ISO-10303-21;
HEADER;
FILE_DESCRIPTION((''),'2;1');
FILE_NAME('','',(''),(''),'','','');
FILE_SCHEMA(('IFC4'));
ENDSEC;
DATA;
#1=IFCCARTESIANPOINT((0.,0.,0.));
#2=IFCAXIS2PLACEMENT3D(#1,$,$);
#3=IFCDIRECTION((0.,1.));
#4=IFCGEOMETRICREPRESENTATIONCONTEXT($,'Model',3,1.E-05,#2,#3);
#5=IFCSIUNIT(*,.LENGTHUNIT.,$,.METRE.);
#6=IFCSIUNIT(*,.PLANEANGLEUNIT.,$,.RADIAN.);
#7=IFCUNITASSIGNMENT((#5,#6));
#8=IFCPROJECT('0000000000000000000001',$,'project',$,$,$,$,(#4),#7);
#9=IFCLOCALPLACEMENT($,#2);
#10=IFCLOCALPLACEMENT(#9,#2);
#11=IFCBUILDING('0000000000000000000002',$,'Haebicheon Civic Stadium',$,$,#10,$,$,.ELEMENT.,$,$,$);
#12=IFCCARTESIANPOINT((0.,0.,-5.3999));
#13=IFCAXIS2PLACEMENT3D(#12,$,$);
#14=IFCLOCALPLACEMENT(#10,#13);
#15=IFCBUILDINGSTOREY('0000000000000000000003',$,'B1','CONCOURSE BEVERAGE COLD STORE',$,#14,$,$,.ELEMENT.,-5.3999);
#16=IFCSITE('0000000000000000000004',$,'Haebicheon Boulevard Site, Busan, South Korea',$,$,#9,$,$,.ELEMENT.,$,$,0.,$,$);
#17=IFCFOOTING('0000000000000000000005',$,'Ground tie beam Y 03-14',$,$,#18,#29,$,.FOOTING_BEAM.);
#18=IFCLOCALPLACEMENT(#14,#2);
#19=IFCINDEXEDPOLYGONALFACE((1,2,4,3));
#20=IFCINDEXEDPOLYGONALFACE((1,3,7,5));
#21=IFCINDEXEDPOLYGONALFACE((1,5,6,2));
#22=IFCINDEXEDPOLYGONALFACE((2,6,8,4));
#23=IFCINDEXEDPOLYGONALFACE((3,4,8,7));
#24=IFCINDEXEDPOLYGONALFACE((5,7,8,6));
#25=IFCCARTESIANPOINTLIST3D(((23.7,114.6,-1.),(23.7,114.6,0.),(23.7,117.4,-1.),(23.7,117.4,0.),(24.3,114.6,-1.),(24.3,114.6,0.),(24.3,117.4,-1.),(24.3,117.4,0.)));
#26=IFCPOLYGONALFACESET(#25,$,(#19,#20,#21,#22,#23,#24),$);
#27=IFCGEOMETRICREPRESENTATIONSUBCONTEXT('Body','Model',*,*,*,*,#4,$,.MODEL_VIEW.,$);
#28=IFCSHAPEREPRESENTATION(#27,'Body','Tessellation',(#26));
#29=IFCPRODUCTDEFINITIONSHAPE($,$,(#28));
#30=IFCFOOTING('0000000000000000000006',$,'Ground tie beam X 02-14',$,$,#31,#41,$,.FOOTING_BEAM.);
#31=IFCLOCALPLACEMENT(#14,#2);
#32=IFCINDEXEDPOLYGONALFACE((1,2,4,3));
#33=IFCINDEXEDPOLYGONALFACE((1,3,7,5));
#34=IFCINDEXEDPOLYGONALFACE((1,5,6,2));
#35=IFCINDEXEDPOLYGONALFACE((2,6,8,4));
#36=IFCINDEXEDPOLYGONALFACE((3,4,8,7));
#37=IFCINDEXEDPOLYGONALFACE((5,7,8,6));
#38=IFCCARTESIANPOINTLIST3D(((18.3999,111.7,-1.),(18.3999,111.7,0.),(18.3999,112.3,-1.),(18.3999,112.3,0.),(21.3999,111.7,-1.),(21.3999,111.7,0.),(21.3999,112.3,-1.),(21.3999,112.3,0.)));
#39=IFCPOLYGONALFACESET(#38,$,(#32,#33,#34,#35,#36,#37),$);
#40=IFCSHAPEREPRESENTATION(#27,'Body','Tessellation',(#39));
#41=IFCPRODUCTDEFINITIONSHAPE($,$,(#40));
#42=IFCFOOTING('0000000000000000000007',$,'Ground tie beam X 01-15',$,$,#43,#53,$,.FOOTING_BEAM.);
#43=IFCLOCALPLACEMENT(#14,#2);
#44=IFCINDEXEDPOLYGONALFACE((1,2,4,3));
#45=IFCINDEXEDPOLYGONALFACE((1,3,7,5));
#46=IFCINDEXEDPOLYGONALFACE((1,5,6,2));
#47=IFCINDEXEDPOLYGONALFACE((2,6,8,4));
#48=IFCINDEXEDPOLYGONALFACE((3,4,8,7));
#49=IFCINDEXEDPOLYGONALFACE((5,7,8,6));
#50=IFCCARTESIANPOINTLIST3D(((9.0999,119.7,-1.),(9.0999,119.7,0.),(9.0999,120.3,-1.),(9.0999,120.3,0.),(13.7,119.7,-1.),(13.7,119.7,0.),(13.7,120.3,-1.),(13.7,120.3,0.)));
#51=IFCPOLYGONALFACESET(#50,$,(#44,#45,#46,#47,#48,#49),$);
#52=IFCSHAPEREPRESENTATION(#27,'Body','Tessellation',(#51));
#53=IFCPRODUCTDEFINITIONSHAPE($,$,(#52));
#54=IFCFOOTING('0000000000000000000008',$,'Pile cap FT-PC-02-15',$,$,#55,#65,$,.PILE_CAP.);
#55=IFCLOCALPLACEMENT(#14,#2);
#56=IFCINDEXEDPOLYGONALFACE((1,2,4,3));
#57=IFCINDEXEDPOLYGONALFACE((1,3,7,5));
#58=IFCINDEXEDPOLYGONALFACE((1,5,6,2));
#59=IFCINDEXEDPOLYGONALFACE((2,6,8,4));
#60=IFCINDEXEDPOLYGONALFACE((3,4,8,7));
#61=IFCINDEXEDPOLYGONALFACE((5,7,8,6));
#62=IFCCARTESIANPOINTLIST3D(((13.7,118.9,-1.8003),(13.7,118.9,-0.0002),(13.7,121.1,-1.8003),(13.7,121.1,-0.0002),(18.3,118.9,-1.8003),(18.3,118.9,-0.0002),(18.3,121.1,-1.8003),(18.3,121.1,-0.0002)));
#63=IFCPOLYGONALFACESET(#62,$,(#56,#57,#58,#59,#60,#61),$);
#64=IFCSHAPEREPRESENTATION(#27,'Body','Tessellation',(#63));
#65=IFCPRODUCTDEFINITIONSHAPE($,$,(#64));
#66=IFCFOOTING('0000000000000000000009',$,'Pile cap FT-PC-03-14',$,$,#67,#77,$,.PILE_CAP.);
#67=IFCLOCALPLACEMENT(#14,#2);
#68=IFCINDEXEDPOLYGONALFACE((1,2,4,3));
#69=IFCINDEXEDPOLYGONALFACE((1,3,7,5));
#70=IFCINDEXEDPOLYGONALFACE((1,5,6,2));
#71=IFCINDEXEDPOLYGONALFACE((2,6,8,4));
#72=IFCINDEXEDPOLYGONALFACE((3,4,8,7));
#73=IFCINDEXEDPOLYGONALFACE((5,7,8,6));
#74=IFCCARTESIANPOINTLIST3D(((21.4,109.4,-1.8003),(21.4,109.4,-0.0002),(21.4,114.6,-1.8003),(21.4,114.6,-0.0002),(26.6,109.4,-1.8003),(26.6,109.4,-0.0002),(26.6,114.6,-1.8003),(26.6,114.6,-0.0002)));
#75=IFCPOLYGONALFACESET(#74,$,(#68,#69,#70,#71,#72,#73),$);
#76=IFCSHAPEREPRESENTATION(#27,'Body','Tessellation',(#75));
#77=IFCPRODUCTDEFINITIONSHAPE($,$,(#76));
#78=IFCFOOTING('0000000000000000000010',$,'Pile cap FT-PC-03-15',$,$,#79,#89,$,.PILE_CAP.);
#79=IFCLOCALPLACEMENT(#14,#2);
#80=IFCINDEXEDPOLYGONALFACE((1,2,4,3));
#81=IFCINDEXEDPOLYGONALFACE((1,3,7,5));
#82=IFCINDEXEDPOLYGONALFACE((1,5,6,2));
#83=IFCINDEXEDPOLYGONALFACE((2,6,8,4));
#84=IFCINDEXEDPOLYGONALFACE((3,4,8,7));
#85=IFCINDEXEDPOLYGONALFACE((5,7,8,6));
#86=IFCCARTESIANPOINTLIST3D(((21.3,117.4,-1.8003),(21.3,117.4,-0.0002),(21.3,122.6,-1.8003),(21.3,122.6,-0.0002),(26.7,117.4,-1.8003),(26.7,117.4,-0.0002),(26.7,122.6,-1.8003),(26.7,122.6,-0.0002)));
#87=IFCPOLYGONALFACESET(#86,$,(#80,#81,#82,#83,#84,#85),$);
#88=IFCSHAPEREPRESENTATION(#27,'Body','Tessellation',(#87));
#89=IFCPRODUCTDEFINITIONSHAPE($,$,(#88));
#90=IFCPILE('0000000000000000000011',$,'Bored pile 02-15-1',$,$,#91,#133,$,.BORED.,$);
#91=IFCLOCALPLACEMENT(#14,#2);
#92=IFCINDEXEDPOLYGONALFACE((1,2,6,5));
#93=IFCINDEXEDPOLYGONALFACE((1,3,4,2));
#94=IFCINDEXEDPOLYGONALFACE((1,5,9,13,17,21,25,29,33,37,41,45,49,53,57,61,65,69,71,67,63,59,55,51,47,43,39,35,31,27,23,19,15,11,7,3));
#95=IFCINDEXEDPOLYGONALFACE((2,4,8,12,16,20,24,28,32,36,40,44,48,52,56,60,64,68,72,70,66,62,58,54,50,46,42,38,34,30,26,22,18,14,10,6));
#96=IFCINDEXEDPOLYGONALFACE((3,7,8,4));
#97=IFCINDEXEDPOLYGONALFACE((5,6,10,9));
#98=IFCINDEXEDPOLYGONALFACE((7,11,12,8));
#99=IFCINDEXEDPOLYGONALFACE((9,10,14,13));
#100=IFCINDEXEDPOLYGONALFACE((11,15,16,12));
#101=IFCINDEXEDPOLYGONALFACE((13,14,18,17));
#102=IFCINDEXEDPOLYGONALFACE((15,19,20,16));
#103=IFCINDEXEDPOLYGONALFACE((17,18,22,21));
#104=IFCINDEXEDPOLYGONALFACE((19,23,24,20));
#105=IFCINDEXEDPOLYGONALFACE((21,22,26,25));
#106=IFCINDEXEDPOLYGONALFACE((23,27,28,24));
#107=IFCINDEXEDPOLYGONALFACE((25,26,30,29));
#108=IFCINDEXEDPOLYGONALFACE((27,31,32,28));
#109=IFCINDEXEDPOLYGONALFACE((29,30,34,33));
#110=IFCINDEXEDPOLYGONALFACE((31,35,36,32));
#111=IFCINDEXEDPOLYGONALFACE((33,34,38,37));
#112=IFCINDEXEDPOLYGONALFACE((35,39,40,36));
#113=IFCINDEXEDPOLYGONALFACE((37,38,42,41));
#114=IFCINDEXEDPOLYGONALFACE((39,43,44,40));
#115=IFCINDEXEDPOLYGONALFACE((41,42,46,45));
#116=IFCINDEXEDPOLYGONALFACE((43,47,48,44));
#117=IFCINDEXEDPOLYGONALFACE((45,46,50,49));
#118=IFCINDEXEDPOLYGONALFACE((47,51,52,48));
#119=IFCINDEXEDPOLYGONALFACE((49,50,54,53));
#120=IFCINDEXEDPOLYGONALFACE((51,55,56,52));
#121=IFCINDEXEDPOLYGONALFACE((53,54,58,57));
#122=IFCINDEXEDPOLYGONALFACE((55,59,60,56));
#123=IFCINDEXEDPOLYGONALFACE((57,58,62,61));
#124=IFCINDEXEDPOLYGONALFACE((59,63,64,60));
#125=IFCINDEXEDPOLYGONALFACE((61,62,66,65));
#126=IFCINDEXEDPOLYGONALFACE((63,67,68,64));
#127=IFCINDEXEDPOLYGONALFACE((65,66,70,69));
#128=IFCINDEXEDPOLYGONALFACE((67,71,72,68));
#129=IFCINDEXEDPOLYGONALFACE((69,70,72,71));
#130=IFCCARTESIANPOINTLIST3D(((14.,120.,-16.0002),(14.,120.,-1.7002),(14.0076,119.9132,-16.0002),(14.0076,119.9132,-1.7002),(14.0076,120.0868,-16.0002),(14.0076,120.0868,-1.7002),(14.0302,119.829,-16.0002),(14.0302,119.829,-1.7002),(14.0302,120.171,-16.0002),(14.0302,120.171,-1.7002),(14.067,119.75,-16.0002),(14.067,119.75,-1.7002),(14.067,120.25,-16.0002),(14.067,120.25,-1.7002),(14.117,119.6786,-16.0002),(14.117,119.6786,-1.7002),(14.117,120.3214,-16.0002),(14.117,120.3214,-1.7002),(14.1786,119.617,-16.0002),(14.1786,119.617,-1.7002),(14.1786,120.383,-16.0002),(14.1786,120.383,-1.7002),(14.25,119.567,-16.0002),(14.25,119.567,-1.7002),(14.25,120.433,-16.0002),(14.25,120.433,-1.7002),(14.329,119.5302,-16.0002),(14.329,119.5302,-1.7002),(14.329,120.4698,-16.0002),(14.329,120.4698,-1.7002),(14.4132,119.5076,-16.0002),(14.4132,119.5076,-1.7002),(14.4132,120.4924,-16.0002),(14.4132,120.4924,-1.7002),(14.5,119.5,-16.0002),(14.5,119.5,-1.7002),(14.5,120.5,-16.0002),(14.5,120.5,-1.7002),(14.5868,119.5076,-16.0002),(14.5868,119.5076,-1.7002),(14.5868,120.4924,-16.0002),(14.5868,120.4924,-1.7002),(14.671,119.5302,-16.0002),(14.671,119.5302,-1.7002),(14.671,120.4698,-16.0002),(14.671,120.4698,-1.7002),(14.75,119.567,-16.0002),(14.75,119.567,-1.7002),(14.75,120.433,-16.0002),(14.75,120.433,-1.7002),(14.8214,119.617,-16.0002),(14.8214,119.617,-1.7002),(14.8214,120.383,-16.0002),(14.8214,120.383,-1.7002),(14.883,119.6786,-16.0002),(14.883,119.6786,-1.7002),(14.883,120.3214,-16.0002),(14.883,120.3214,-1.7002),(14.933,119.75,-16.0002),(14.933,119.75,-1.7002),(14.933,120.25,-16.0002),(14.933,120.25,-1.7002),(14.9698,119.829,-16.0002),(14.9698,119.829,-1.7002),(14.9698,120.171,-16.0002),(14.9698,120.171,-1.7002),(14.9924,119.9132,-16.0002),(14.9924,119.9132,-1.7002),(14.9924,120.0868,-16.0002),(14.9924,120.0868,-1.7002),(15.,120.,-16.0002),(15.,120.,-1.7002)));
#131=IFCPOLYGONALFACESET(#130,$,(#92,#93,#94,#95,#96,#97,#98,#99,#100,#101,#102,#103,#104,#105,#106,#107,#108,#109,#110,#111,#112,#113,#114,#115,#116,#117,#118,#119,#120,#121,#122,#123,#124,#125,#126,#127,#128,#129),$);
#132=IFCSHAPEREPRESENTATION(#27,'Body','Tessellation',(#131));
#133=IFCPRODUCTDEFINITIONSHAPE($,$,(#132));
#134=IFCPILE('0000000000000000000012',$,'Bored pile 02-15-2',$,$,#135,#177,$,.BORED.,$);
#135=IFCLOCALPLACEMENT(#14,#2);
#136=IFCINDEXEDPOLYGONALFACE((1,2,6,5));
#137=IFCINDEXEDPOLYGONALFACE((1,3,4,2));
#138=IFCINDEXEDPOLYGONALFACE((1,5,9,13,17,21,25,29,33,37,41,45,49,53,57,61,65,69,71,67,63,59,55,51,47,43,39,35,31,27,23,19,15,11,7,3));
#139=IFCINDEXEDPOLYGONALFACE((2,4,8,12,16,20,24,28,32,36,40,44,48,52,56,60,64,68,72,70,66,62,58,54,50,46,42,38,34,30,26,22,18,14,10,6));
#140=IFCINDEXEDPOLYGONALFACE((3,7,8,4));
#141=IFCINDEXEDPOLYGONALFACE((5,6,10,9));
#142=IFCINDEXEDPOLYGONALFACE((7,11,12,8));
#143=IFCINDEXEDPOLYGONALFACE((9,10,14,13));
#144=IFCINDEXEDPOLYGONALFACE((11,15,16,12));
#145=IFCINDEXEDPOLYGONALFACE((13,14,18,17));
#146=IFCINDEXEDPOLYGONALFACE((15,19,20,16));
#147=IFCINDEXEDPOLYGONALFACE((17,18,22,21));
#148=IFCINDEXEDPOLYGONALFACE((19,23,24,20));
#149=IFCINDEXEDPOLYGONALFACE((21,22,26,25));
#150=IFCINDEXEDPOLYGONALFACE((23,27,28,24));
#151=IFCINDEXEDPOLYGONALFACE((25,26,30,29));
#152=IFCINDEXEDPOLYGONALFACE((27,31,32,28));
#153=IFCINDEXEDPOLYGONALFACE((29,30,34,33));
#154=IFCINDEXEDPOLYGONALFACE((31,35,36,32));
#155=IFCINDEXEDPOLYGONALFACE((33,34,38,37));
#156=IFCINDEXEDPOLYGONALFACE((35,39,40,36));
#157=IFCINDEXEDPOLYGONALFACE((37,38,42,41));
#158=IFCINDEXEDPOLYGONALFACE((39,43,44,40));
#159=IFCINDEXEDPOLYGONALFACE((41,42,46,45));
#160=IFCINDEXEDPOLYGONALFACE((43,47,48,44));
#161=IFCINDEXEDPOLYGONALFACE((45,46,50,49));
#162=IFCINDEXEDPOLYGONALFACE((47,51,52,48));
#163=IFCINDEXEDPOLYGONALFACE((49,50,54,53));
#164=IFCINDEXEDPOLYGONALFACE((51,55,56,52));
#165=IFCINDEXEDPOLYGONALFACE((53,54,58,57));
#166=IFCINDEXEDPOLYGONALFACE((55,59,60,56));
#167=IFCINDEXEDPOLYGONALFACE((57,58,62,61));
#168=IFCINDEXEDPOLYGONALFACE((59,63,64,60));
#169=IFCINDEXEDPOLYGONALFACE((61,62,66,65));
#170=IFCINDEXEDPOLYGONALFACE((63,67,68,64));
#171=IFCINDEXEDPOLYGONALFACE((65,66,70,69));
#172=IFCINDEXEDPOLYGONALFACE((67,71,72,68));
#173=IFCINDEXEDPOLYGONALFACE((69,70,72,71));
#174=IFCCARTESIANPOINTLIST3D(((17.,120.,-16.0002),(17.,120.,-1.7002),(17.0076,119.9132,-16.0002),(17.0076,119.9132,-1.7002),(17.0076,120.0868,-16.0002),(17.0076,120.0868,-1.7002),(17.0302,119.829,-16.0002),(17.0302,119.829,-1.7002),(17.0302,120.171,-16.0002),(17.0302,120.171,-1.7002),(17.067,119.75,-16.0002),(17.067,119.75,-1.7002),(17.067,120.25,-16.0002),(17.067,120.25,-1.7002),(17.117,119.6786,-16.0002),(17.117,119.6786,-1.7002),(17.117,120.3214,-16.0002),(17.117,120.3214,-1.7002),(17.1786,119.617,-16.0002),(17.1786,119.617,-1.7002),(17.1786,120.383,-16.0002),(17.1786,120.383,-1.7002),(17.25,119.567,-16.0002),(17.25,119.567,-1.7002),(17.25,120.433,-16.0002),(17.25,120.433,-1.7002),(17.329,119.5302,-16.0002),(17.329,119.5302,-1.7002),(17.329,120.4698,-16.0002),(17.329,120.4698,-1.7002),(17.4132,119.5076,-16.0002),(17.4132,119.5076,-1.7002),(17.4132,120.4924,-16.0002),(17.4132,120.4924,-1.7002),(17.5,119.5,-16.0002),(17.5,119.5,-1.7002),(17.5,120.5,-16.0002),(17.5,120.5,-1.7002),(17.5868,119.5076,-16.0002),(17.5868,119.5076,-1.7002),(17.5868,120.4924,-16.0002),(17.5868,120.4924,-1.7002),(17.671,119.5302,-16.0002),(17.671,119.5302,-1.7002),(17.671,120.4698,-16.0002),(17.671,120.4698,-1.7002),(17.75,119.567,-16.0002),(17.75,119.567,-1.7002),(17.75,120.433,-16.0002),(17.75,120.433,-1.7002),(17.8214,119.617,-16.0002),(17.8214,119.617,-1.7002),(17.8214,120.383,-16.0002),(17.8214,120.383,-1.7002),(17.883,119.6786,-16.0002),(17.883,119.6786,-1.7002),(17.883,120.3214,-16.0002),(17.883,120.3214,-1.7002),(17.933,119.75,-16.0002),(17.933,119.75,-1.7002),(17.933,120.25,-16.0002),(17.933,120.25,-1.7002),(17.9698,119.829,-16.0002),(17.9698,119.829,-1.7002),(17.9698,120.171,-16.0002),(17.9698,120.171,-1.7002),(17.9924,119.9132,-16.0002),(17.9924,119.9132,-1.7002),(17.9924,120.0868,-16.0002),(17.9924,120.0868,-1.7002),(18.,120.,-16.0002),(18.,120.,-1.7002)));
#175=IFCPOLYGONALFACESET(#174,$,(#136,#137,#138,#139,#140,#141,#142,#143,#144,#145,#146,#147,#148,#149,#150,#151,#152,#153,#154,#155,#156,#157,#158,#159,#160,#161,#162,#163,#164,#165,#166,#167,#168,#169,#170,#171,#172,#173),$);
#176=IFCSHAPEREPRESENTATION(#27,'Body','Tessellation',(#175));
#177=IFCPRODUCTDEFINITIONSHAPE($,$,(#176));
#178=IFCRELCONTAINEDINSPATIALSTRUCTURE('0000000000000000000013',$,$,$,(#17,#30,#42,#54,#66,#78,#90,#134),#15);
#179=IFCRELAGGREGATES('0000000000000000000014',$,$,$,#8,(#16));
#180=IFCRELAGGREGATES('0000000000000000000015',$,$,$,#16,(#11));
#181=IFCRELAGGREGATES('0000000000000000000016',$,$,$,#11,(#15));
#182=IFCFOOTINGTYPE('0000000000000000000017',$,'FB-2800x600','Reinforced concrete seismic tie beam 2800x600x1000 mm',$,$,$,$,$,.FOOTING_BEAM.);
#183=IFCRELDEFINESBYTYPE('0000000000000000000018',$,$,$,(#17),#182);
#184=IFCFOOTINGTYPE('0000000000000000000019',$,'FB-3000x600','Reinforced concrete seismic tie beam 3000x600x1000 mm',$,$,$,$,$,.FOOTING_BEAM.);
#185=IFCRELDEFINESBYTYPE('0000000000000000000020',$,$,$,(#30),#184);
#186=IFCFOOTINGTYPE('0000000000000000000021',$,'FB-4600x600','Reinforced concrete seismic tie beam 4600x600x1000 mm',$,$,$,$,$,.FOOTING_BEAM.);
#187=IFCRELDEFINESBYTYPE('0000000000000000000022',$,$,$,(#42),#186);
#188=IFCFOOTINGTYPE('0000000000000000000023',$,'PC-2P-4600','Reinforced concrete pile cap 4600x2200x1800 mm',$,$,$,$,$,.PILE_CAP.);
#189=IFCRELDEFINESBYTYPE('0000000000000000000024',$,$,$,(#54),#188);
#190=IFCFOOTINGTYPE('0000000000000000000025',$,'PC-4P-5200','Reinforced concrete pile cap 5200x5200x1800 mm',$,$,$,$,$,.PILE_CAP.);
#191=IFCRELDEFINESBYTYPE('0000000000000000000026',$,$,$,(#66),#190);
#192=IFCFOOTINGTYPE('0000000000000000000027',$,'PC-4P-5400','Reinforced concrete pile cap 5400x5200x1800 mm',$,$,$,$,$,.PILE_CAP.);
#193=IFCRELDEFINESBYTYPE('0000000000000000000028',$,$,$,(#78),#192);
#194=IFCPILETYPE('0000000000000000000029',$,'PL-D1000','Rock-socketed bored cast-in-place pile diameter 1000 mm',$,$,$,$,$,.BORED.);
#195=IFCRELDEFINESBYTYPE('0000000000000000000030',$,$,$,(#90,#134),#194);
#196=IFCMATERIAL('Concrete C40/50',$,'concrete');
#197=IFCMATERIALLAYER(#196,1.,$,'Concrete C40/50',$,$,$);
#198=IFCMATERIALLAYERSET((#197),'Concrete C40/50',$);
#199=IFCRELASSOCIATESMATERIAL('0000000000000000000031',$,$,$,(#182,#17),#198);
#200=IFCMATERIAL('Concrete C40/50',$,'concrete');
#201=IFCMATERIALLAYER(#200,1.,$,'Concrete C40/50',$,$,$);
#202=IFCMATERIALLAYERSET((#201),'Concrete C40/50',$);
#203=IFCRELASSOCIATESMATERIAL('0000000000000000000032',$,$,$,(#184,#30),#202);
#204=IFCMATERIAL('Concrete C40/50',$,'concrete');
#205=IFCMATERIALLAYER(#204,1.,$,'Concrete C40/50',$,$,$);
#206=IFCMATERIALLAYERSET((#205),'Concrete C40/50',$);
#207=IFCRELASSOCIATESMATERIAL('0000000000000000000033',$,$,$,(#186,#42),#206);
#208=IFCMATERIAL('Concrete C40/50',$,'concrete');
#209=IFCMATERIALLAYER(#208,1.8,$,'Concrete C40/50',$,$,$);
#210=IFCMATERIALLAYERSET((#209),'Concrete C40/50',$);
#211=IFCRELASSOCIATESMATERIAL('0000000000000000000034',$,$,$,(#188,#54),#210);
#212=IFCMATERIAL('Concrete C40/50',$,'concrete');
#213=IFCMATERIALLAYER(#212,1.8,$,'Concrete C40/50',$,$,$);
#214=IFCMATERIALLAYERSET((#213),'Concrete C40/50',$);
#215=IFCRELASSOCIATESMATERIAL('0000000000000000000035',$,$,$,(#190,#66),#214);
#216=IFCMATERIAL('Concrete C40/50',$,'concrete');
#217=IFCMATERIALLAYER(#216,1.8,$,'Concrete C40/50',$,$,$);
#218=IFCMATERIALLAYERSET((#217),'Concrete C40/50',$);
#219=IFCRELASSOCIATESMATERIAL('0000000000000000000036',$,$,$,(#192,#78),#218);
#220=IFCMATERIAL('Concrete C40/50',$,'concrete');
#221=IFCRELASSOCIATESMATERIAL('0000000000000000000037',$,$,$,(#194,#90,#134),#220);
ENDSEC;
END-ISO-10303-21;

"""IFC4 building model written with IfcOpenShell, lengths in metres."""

from ifc_helpers import new_model, si_unit, direction, frame, origin, origin_2d, place, context, subcontext, project, spatial, rectangle, circle, extrude, material, layer, layer_set, material_profile, profile_set, type_object, element, save


model = new_model("IFC4")

# Units and contexts
model_context = context("Model", 3, precision=1e-05, world=origin(), true_north=direction((0.0, 1.0)))
body_context = subcontext(model_context, "Body", "Model", "MODEL_VIEW")
ifc_project = project(units=[si_unit("LENGTHUNIT", "METRE"), si_unit("PLANEANGLEUNIT", "RADIAN")], contexts=[model_context])

# Site, building, storey
site_placement = place(None, origin())
site = spatial("IfcSite", under=ifc_project, at=site_placement, Name="Haebicheon Boulevard Site, Busan, South Korea", CompositionType="ELEMENT", RefElevation=0.0)
building_placement = place(site_placement, origin())
building = spatial("IfcBuilding", under=site, at=building_placement, Name="Haebicheon Civic Stadium", CompositionType="ELEMENT")
storey_placement = place(building_placement, frame((0.0, 0.0, -5.3999)))
storey = spatial("IfcBuildingStorey", under=building, at=storey_placement, Name="B1", Description="CONCOURSE BEVERAGE COLD STORE", CompositionType="ELEMENT", Elevation=-5.3999)

# Footings
ifc_material_1 = material(Name="Concrete C40/50", Category="concrete")
ifc_layer_1 = layer(ifc_material_1, 1.0, Name="Concrete C40/50")
ifc_layer_set_1 = layer_set([ifc_layer_1], Name="Concrete C40/50")
footing_type_1 = type_object("IfcFootingType", Name="FB-2800x600", Description="Reinforced concrete seismic tie beam 2800x600x1000 mm", PredefinedType="FOOTING_BEAM", material=ifc_layer_set_1)
footing_1_placement = place(storey_placement, frame((24.0, 116.0, -1.0), z_axis=(0.0, 0.0, 1.0), x_axis=(0.0, 1.0, 0.0)))
element("IfcFooting", 1, at=footing_1_placement, inside=storey, type_object=footing_type_1, material=ifc_layer_set_1, Name="Ground tie beam Y 03-14", PredefinedType="FOOTING_BEAM", context=body_context, shape_type="SweptSolid", body=[
    extrude(rectangle(XDim=2.8, YDim=0.6001, at=origin_2d()), origin(), (0.0, 0.0, 1.0), 1.0),
])
ifc_material_2 = material(Name="Concrete C40/50", Category="concrete")
ifc_layer_2 = layer(ifc_material_2, 1.0, Name="Concrete C40/50")
ifc_layer_set_2 = layer_set([ifc_layer_2], Name="Concrete C40/50")
footing_type_2 = type_object("IfcFootingType", Name="FB-3000x600", Description="Reinforced concrete seismic tie beam 3000x600x1000 mm", PredefinedType="FOOTING_BEAM", material=ifc_layer_set_2)
footing_2_placement = place(storey_placement, frame((19.8999, 112.0, -1.0), z_axis=(0.0, 0.0, 1.0), x_axis=(1.0, 0.0, 0.0)))
element("IfcFooting", 2, at=footing_2_placement, inside=storey, type_object=footing_type_2, material=ifc_layer_set_2, Name="Ground tie beam X 02-14", PredefinedType="FOOTING_BEAM", context=body_context, shape_type="SweptSolid", body=[
    extrude(rectangle(XDim=3.0, YDim=0.6001, at=origin_2d()), origin(), (0.0, 0.0, 1.0), 1.0),
])
ifc_material_3 = material(Name="Concrete C40/50", Category="concrete")
ifc_layer_3 = layer(ifc_material_3, 1.0, Name="Concrete C40/50")
ifc_layer_set_3 = layer_set([ifc_layer_3], Name="Concrete C40/50")
footing_type_3 = type_object("IfcFootingType", Name="FB-4600x600", Description="Reinforced concrete seismic tie beam 4600x600x1000 mm", PredefinedType="FOOTING_BEAM", material=ifc_layer_set_3)
footing_3_placement = place(storey_placement, frame((11.3999, 120.0, -1.0), z_axis=(0.0, 0.0, 1.0), x_axis=(1.0, 0.0, 0.0)))
element("IfcFooting", 3, at=footing_3_placement, inside=storey, type_object=footing_type_3, material=ifc_layer_set_3, Name="Ground tie beam X 01-15", PredefinedType="FOOTING_BEAM", context=body_context, shape_type="SweptSolid", body=[
    extrude(rectangle(XDim=4.6001, YDim=0.6001, at=origin_2d()), origin(), (0.0, 0.0, 1.0), 1.0),
])
ifc_material_4 = material(Name="Concrete C40/50", Category="concrete")
ifc_layer_4 = layer(ifc_material_4, 1.8, Name="Concrete C40/50")
ifc_layer_set_4 = layer_set([ifc_layer_4], Name="Concrete C40/50")
footing_type_4 = type_object("IfcFootingType", Name="PC-2P-4600", Description="Reinforced concrete pile cap 4600x2200x1800 mm", PredefinedType="PILE_CAP", material=ifc_layer_set_4)
footing_4_placement = place(storey_placement, frame((16.0, 120.0, -1.8003), z_axis=(0.0, 0.0, 1.0), x_axis=(1.0, 0.0, 0.0)))
element("IfcFooting", 4, at=footing_4_placement, inside=storey, type_object=footing_type_4, material=ifc_layer_set_4, Name="Pile cap FT-PC-02-15", PredefinedType="PILE_CAP", context=body_context, shape_type="SweptSolid", body=[
    extrude(rectangle(XDim=4.6001, YDim=2.2, at=origin_2d()), origin(), (0.0, 0.0, 1.0), 1.8),
])
ifc_material_5 = material(Name="Concrete C40/50", Category="concrete")
ifc_layer_5 = layer(ifc_material_5, 1.8, Name="Concrete C40/50")
ifc_layer_set_5 = layer_set([ifc_layer_5], Name="Concrete C40/50")
footing_type_5 = type_object("IfcFootingType", Name="PC-4P-5200", Description="Reinforced concrete pile cap 5200x5200x1800 mm", PredefinedType="PILE_CAP", material=ifc_layer_set_5)
footing_5_placement = place(storey_placement, frame((24.0, 112.0, -1.8003), z_axis=(0.0, 0.0, 1.0), x_axis=(1.0, 0.0, 0.0)))
element("IfcFooting", 5, at=footing_5_placement, inside=storey, type_object=footing_type_5, material=ifc_layer_set_5, Name="Pile cap FT-PC-03-14", PredefinedType="PILE_CAP", context=body_context, shape_type="SweptSolid", body=[
    extrude(rectangle(XDim=5.2, YDim=5.2, at=origin_2d()), origin(), (0.0, 0.0, 1.0), 1.8),
])
ifc_material_6 = material(Name="Concrete C40/50", Category="concrete")
ifc_layer_6 = layer(ifc_material_6, 1.8, Name="Concrete C40/50")
ifc_layer_set_6 = layer_set([ifc_layer_6], Name="Concrete C40/50")
footing_type_6 = type_object("IfcFootingType", Name="PC-4P-5400", Description="Reinforced concrete pile cap 5400x5200x1800 mm", PredefinedType="PILE_CAP", material=ifc_layer_set_6)
footing_6_placement = place(storey_placement, frame((24.0, 120.0, -1.8003), z_axis=(0.0, 0.0, 1.0), x_axis=(1.0, 0.0, 0.0)))
element("IfcFooting", 6, at=footing_6_placement, inside=storey, type_object=footing_type_6, material=ifc_layer_set_6, Name="Pile cap FT-PC-03-15", PredefinedType="PILE_CAP", context=body_context, shape_type="SweptSolid", body=[
    extrude(rectangle(XDim=5.3999, YDim=5.2, at=origin_2d()), origin(), (0.0, 0.0, 1.0), 1.8),
])

# Piles
ifc_material_7 = material(Name="Concrete C40/50", Category="concrete")
ifc_material_profile_1 = material_profile(ifc_material_7, circle(Radius=0.5, at=origin_2d()), Name="PILE-D1000")
ifc_profile_set_1 = profile_set([ifc_material_profile_1], Name="Concrete C40/50")
pile_type_1 = type_object("IfcPileType", Name="PL-D1000", Description="Rock-socketed bored cast-in-place pile diameter 1000 mm", PredefinedType="BORED", material=ifc_profile_set_1)
for number, where, z_axis, x_axis, name in (
    (7, (14.5, 120.0, -1.7002), (0.0, 0.0, -1.0), (1.0, 0.0, 0.0), "Bored pile 02-15-1"),
    (8, (17.5, 120.0, -1.7002), (0.0, 0.0, -1.0), (1.0, 0.0, 0.0), "Bored pile 02-15-2"),
):
    element("IfcPile", number, at=place(storey_placement, frame(where, z_axis=z_axis, x_axis=x_axis)), inside=storey, type_object=pile_type_1, material=ifc_profile_set_1, Name=name, PredefinedType="BORED", context=body_context, shape_type="SweptSolid", body=[
        extrude(circle(Radius=0.5, at=origin_2d()), origin(), (0.0, 0.0, 1.0), 14.3),
    ])

save(model, "model.ifc")
